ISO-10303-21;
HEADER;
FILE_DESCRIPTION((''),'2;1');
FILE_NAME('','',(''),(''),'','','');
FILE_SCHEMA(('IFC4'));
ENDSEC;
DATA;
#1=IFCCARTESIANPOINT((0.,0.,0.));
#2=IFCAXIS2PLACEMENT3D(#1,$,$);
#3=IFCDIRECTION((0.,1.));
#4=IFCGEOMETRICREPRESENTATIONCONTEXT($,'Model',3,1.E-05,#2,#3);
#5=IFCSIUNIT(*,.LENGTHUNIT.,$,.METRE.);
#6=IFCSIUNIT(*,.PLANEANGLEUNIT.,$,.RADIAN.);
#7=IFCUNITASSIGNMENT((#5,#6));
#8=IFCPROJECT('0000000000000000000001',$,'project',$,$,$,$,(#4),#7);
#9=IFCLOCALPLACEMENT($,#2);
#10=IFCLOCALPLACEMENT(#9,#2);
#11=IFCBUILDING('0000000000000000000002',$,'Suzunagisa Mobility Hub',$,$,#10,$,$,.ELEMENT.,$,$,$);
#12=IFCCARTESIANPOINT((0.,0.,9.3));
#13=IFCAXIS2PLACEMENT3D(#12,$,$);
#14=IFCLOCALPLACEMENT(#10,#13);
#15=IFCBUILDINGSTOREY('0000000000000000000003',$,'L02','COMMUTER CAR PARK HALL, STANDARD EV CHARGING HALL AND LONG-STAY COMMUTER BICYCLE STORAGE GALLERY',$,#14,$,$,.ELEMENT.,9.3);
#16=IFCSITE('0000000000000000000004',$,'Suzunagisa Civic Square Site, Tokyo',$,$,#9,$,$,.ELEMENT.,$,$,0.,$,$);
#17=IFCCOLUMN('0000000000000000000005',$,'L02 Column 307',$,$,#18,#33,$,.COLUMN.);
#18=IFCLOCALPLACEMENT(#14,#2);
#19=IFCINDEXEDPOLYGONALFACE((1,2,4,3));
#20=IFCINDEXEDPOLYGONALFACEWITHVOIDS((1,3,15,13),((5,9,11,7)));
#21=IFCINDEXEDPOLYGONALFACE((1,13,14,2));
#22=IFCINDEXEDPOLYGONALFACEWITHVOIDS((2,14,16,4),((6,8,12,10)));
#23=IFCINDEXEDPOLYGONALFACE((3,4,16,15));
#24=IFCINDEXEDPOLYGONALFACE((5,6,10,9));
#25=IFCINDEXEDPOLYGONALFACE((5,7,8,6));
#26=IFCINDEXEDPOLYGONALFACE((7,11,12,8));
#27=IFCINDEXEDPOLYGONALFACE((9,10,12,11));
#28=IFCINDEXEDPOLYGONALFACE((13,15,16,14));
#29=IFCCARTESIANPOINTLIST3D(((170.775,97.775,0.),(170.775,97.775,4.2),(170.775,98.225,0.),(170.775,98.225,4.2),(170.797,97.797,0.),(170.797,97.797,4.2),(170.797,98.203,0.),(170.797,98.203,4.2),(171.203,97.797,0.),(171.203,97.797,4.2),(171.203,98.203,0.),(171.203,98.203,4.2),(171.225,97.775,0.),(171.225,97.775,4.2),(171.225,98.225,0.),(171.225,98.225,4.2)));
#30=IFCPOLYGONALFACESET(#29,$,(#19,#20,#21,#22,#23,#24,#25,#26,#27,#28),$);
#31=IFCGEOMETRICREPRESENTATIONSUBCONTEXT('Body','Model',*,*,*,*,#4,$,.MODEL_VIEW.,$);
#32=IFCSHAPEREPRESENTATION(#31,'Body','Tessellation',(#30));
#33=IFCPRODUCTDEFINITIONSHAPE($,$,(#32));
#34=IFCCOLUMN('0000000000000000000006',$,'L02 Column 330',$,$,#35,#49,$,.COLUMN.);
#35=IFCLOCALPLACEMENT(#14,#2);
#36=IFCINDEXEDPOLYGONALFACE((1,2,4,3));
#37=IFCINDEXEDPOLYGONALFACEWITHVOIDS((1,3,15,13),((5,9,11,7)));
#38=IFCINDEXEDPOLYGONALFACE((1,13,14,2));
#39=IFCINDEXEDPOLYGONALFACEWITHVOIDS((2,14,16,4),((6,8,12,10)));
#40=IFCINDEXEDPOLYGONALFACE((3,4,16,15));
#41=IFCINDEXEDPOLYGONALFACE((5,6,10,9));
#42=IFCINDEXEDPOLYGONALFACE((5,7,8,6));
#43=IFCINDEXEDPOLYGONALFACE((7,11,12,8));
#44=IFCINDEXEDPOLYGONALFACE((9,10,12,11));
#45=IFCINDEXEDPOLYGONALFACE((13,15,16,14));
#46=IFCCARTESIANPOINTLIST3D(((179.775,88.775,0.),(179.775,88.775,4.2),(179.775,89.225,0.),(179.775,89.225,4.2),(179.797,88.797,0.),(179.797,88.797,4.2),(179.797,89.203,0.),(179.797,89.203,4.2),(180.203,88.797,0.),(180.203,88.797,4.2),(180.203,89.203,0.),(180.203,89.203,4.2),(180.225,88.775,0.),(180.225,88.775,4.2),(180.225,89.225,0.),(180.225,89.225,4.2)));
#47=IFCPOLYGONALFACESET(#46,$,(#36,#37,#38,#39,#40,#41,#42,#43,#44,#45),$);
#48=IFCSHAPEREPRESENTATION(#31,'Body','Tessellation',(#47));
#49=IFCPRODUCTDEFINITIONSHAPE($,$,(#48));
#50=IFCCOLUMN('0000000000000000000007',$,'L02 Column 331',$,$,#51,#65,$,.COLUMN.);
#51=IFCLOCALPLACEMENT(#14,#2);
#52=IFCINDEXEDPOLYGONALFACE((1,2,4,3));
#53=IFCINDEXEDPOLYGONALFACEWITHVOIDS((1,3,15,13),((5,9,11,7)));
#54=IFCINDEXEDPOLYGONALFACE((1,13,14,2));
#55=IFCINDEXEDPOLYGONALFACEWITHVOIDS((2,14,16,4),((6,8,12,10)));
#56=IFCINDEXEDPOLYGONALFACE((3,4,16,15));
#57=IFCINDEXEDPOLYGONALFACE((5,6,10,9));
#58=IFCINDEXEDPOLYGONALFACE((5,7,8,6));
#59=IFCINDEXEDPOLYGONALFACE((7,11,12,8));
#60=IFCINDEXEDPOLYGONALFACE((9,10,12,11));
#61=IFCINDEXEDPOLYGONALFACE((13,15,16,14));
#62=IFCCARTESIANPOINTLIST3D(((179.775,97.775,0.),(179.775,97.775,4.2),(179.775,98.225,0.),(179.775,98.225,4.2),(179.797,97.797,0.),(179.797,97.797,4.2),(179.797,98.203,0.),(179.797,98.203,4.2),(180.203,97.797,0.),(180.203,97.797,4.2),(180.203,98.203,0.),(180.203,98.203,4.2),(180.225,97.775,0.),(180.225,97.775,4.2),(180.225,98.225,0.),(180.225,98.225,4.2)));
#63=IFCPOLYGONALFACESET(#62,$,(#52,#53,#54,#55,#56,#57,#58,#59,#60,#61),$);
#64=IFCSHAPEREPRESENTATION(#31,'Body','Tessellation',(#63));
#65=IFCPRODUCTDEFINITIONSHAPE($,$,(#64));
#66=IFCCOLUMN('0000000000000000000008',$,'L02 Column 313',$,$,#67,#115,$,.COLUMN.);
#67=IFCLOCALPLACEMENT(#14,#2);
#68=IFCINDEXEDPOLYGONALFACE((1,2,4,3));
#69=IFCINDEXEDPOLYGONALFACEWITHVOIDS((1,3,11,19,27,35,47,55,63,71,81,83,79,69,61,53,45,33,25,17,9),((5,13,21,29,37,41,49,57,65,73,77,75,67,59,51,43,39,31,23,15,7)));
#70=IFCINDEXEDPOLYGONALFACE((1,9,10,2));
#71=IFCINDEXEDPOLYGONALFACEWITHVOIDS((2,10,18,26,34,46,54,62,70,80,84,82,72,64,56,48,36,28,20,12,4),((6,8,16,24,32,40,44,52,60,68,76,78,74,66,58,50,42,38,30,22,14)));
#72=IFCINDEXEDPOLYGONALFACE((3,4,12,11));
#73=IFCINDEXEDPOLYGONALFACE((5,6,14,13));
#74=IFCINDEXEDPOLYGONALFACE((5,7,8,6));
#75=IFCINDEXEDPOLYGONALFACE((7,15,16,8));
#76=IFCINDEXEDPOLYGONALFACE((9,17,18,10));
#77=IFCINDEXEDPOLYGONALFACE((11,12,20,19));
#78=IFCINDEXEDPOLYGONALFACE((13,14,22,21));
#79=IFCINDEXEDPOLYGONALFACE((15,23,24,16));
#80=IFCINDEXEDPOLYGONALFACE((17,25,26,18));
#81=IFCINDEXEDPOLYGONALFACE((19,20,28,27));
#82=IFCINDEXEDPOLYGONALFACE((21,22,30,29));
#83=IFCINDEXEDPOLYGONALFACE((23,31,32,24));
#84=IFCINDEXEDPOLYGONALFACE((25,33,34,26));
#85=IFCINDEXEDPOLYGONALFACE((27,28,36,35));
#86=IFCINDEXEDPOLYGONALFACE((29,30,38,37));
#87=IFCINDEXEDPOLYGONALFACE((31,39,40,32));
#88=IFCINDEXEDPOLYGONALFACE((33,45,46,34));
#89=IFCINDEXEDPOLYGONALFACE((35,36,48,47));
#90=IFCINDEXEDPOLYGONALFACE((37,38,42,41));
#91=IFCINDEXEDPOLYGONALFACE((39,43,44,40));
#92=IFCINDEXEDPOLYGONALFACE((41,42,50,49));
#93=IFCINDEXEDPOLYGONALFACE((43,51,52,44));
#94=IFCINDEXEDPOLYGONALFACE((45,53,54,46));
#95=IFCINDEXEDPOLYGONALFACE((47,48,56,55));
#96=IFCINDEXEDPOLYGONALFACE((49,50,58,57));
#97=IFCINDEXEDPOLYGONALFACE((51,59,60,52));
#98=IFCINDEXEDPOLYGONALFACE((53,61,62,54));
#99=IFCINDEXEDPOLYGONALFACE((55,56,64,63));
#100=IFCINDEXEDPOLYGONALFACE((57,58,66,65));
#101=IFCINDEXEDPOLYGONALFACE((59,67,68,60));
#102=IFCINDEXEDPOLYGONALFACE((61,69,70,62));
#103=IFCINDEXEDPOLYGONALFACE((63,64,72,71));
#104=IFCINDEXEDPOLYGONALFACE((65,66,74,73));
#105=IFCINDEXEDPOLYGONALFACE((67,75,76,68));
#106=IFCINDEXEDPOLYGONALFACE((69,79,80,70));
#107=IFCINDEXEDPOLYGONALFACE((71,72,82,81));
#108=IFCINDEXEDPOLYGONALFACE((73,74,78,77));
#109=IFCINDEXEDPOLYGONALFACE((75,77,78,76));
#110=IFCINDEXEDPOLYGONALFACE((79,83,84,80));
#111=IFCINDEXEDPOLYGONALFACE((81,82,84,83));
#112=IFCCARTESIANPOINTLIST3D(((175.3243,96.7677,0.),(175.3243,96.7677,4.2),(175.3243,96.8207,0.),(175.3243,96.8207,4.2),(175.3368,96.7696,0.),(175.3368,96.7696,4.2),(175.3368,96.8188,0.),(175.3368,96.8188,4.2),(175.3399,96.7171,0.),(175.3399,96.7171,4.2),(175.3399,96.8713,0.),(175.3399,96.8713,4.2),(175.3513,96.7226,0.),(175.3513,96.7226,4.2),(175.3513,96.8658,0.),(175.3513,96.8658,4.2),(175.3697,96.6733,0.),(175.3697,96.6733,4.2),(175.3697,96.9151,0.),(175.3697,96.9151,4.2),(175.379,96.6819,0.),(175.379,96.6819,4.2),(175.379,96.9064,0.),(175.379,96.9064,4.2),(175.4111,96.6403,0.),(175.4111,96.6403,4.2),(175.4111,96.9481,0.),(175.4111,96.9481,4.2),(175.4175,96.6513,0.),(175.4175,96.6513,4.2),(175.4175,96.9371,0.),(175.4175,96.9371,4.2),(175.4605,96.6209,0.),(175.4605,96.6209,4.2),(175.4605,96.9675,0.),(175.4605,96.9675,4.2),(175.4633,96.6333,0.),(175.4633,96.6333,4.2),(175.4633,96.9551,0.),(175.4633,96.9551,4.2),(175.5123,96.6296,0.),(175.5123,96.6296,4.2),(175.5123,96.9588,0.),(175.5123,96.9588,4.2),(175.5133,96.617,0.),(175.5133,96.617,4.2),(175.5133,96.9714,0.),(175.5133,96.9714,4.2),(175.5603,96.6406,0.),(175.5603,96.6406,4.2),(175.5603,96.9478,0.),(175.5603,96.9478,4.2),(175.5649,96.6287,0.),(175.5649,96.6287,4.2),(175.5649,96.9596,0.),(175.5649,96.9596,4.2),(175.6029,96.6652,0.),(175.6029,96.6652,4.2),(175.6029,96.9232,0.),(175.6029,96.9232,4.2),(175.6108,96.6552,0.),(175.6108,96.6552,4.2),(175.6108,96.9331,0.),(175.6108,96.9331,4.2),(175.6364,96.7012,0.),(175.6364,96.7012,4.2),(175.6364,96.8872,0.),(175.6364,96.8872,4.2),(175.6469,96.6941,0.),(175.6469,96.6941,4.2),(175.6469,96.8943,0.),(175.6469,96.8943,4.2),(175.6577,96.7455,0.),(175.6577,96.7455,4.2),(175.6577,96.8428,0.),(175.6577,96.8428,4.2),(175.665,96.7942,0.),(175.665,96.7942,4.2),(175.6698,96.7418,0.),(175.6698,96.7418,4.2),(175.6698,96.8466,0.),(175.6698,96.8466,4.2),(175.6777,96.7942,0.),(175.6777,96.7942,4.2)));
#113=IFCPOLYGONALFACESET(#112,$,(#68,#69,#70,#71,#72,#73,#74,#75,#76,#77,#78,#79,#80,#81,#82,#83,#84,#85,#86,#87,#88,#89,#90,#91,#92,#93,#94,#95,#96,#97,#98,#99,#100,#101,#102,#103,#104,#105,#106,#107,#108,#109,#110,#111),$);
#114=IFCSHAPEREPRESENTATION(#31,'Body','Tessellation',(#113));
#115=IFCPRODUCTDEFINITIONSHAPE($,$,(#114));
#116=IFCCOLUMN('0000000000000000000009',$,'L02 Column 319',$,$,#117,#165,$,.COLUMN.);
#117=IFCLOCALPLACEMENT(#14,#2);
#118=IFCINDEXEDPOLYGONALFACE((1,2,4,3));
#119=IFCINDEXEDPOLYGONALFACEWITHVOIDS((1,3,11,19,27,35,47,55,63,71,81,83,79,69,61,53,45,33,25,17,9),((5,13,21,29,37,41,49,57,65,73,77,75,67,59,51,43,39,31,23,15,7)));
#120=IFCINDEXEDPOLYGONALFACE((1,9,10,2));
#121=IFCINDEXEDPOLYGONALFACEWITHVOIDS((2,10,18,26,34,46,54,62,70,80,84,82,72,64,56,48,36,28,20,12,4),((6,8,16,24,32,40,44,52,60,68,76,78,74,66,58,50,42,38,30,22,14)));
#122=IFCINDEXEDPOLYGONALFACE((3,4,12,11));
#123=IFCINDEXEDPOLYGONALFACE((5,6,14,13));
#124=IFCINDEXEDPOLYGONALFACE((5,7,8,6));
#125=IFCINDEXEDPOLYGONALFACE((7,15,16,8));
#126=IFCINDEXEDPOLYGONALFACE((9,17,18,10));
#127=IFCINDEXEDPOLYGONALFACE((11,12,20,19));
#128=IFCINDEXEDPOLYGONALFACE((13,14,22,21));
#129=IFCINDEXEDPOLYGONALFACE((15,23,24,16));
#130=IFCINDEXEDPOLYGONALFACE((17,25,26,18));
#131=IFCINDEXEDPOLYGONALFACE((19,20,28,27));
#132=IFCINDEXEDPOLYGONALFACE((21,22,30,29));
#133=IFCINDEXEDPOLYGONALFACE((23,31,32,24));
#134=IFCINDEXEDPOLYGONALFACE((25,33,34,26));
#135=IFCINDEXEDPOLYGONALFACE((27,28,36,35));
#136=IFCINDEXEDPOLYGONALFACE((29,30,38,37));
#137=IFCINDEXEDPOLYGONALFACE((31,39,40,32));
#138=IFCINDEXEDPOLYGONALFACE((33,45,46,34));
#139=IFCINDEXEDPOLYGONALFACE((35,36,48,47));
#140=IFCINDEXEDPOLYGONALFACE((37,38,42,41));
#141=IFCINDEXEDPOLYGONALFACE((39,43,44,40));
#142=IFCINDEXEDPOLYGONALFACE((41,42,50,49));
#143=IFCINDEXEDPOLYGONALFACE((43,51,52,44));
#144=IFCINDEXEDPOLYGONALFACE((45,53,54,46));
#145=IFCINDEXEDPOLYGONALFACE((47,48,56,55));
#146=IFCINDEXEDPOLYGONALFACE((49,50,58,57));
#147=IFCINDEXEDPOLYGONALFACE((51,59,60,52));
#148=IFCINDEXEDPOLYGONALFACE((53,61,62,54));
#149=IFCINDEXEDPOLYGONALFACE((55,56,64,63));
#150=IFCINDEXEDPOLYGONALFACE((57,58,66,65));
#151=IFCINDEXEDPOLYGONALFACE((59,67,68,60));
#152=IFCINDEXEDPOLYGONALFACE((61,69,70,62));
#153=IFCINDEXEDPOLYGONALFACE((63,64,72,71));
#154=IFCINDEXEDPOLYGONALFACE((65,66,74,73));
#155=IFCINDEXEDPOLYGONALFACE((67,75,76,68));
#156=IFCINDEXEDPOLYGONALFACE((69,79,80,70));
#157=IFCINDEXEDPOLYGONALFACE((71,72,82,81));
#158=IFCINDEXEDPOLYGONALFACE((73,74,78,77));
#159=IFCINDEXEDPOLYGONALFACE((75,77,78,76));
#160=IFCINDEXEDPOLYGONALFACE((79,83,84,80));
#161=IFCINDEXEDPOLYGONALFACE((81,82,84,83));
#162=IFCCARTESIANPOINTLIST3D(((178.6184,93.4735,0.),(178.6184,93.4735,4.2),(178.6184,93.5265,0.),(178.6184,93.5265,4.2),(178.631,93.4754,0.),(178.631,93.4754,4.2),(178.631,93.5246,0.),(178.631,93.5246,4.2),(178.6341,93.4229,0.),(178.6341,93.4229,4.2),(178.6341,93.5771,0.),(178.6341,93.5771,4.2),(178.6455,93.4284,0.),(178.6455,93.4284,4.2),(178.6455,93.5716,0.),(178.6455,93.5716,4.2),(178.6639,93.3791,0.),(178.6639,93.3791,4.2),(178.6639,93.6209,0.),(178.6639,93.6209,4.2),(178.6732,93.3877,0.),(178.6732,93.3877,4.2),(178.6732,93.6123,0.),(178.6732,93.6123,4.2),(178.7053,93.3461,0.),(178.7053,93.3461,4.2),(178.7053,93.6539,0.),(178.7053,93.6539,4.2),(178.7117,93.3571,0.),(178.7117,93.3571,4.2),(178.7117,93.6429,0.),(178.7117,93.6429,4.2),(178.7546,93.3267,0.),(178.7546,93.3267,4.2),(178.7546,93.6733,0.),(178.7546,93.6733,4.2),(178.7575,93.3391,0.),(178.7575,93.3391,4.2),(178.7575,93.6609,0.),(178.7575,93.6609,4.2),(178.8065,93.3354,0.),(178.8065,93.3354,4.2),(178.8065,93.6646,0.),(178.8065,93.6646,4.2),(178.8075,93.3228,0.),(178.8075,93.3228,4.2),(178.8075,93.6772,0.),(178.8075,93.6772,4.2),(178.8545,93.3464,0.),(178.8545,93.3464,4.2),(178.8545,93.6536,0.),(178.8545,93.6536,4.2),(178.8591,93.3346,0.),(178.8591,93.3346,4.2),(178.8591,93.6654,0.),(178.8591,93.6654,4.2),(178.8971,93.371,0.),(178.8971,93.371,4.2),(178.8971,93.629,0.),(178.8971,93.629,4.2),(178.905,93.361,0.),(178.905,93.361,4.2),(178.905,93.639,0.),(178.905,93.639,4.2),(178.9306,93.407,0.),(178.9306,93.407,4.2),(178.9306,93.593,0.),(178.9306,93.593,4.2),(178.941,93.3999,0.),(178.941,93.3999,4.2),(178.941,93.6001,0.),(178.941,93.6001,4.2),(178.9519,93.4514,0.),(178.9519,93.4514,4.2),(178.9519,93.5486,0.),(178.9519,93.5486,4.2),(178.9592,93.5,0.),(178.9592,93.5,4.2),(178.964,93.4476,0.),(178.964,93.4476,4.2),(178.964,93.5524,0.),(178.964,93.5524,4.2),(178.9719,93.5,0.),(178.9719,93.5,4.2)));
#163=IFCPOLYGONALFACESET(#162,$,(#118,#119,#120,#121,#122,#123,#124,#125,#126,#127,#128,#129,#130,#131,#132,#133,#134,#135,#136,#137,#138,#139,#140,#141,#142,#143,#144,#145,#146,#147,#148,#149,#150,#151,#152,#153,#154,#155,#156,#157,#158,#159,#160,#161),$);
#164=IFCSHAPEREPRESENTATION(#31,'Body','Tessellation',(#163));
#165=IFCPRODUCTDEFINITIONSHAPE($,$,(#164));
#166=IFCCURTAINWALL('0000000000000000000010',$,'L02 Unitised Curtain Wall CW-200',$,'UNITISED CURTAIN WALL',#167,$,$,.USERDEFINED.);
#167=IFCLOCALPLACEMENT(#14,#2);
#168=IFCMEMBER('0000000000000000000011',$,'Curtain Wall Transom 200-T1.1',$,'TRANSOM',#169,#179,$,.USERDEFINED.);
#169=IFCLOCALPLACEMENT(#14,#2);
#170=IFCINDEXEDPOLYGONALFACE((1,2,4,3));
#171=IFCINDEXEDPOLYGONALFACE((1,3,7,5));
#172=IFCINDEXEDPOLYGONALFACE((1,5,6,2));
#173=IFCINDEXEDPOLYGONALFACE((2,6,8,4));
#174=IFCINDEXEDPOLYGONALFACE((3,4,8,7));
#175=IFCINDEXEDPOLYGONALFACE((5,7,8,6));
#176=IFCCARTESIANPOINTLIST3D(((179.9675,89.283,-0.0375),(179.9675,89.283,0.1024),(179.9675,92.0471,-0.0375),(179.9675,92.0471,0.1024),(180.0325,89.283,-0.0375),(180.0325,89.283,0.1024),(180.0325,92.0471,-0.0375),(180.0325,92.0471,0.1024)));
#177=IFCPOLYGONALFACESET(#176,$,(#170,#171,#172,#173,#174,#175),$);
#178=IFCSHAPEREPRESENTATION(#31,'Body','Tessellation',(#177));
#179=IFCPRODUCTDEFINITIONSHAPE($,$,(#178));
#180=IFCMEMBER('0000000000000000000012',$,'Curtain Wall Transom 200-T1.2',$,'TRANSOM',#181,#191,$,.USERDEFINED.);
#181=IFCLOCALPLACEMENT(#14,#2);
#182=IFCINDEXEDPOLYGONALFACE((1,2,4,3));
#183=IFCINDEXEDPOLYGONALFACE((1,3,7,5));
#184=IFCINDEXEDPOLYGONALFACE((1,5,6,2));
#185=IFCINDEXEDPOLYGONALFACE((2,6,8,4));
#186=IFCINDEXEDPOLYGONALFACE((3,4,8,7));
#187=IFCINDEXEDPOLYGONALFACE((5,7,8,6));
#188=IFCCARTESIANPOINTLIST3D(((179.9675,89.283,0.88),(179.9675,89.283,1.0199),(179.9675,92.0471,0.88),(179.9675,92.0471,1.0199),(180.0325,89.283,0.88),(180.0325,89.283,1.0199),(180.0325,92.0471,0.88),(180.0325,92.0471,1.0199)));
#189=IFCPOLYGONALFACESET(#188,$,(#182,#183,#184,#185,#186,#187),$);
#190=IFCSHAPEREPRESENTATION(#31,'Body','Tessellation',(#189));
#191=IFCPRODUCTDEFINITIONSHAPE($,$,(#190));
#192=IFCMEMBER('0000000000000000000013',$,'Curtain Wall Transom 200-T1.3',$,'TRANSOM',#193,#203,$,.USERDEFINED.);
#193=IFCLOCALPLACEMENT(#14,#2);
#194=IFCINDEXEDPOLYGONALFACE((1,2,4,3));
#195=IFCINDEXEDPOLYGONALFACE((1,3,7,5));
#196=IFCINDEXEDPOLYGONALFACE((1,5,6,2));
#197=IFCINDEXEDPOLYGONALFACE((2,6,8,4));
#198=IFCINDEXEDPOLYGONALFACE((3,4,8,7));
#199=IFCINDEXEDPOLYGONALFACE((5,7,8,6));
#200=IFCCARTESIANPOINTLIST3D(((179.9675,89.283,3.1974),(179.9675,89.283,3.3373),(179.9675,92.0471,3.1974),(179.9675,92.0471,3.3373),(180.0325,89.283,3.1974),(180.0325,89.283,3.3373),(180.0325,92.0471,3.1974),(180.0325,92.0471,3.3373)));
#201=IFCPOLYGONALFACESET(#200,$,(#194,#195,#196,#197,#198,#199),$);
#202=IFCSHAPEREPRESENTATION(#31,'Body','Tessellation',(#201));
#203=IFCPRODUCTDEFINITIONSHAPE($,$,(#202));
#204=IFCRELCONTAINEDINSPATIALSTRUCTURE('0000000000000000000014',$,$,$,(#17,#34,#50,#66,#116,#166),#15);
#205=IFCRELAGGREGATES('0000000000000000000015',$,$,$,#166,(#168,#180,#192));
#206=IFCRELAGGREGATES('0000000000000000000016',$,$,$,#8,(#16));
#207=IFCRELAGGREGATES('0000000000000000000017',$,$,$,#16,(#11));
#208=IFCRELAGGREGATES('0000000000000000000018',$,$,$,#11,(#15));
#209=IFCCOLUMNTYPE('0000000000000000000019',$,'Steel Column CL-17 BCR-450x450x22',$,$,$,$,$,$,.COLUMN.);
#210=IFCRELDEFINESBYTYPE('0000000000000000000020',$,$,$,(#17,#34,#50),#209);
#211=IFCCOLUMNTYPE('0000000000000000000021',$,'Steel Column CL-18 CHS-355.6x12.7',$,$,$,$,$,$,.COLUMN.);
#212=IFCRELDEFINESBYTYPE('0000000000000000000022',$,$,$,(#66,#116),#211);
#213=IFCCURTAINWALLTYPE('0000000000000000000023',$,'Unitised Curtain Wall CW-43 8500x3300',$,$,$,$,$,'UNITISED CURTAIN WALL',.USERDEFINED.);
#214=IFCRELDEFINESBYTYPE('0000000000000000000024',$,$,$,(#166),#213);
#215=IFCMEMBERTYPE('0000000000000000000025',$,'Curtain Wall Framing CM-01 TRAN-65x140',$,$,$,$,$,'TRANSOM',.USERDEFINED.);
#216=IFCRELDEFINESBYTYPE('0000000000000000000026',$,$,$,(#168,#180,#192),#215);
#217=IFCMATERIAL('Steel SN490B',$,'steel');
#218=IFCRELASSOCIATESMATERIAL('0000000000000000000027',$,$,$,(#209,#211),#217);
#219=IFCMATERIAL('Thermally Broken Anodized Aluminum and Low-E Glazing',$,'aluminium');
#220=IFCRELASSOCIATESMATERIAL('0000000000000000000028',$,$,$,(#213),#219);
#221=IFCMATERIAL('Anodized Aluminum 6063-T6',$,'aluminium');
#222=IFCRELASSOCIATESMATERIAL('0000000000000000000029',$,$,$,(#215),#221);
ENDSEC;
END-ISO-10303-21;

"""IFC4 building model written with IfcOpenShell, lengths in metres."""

from ifc_helpers import new_model, si_unit, direction, frame, origin, origin_2d, place, context, subcontext, project, spatial, rectangle, hollow_rectangle, hollow_circle, extrude, material, material_profile, profile_set, type_object, element, aggregate, save


model = new_model("IFC4")

# Units and contexts
model_context = context("Model", 3, precision=1e-05, world=origin(), true_north=direction((0.0, 1.0)))
body_context = subcontext(model_context, "Body", "Model", "MODEL_VIEW")
ifc_project = project(units=[si_unit("LENGTHUNIT", "METRE"), si_unit("PLANEANGLEUNIT", "RADIAN")], contexts=[model_context])

# Site, building, storey
site_placement = place(None, origin())
site = spatial("IfcSite", under=ifc_project, at=site_placement, Name="Suzunagisa Civic Square Site, Tokyo", CompositionType="ELEMENT", RefElevation=0.0)
building_placement = place(site_placement, origin())
building = spatial("IfcBuilding", under=site, at=building_placement, Name="Suzunagisa Mobility Hub", CompositionType="ELEMENT")
storey_placement = place(building_placement, frame((0.0, 0.0, 9.3)))
storey = spatial("IfcBuildingStorey", under=building, at=storey_placement, Name="L02", Description="COMMUTER CAR PARK HALL, STANDARD EV CHARGING HALL AND LONG-STAY COMMUTER BICYCLE STORAGE GALLERY", CompositionType="ELEMENT", Elevation=9.3)

# Columns
ifc_material_1 = material(Name="Steel SN490B", Category="steel")
ifc_material_profile_1 = material_profile(ifc_material_1, hollow_rectangle(XDim=0.45, YDim=0.45, WallThickness=0.022, at=origin_2d()), Name="BCR-450x450x22")
ifc_profile_set_1 = profile_set([ifc_material_profile_1], Name="Steel SN490B")
column_type_1 = type_object("IfcColumnType", Name="Steel Column CL-17 BCR-450x450x22", PredefinedType="COLUMN", material=ifc_profile_set_1)
for number, where, z_axis, x_axis, name in (
    (1, (171.0, 98.0, 0.0), (0.0, 0.0, 1.0), (1.0, 0.0, 0.0), "L02 Column 307"),
    (2, (180.0, 89.0, 0.0), (0.0, 0.0, 1.0), (1.0, 0.0, 0.0), "L02 Column 330"),
    (3, (180.0, 98.0, 0.0), (0.0, 0.0, 1.0), (1.0, 0.0, 0.0), "L02 Column 331"),
):
    element("IfcColumn", number, at=place(storey_placement, frame(where, z_axis=z_axis, x_axis=x_axis)), inside=storey, type_object=column_type_1, Name=name, PredefinedType="COLUMN", context=body_context, shape_type="SweptSolid", body=[
        extrude(hollow_rectangle(XDim=0.45, YDim=0.45, WallThickness=0.022, at=origin_2d()), origin(), (0.0, 0.0, 1.0), 4.2),
    ])
ifc_material_profile_2 = material_profile(ifc_material_1, hollow_circle(Radius=0.1777, WallThickness=0.0127, at=origin_2d()), Name="CHS-355.6x12.7")
ifc_profile_set_2 = profile_set([ifc_material_profile_2], Name="Steel SN490B")
column_type_2 = type_object("IfcColumnType", Name="Steel Column CL-18 CHS-355.6x12.7", PredefinedType="COLUMN", material=ifc_profile_set_2)
for number, where, z_axis, x_axis, name in (
    (4, (175.5, 96.7942, 0.0), (0.0, 0.0, 1.0), (1.0, 0.0, 0.0), "L02 Column 313"),
    (5, (178.7942, 93.5, 0.0), (0.0, 0.0, 1.0), (1.0, 0.0, 0.0), "L02 Column 319"),
):
    element("IfcColumn", number, at=place(storey_placement, frame(where, z_axis=z_axis, x_axis=x_axis)), inside=storey, type_object=column_type_2, Name=name, PredefinedType="COLUMN", context=body_context, shape_type="SweptSolid", body=[
        extrude(hollow_circle(Radius=0.1777, WallThickness=0.0127, at=origin_2d()), origin(), (0.0, 0.0, 1.0), 4.2),
    ])

# Curtain wall, members
ifc_material_2 = material(Name="Thermally Broken Anodized Aluminum and Low-E Glazing", Category="aluminium")
curtain_wall_type = type_object("IfcCurtainWallType", Name="Unitised Curtain Wall CW-43 8500x3300", ElementType="UNITISED CURTAIN WALL", PredefinedType="USERDEFINED", material=ifc_material_2)
curtain_wall_placement = place(storey_placement, origin())
curtain_wall = element("IfcCurtainWall", 6, at=curtain_wall_placement, inside=storey, type_object=curtain_wall_type, Name="L02 Unitised Curtain Wall CW-200", ObjectType="UNITISED CURTAIN WALL", PredefinedType="USERDEFINED")
ifc_material_3 = material(Name="Anodized Aluminum 6063-T6", Category="aluminium")
ifc_material_profile_3 = material_profile(ifc_material_3, rectangle(XDim=0.0649, YDim=0.1399, at=origin_2d()), Name="TRAN-65x140")
ifc_profile_set_3 = profile_set([ifc_material_profile_3], Name="Anodized Aluminum 6063-T6")
member_type_1 = type_object("IfcMemberType", Name="Curtain Wall Framing CM-01 TRAN-65x140", ElementType="TRANSOM", PredefinedType="USERDEFINED", material=ifc_profile_set_3)
member_1_placement = place(storey_placement, frame((180.0, 89.283, 0.0325), z_axis=(0.0, 1.0, 0.0), x_axis=(-1.0, 0.0, 0.0)))
member_1 = element("IfcMember", 7, at=member_1_placement, type_object=member_type_1, Name="Curtain Wall Transom 200-T1.1", ObjectType="TRANSOM", PredefinedType="USERDEFINED", context=body_context, shape_type="SweptSolid", body=[
    extrude(rectangle(XDim=0.0649, YDim=0.1399, at=origin_2d()), origin(), (0.0, 0.0, 1.0), 2.7642),
])
member_2_placement = place(storey_placement, frame((180.0, 89.283, 0.95), z_axis=(0.0, 1.0, 0.0), x_axis=(-1.0, 0.0, 0.0)))
member_2 = element("IfcMember", 8, at=member_2_placement, type_object=member_type_1, Name="Curtain Wall Transom 200-T1.2", ObjectType="TRANSOM", PredefinedType="USERDEFINED", context=body_context, shape_type="SweptSolid", body=[
    extrude(rectangle(XDim=0.0649, YDim=0.1399, at=origin_2d()), origin(), (0.0, 0.0, 1.0), 2.7642),
])
member_3_placement = place(storey_placement, frame((180.0, 89.283, 3.2673), z_axis=(0.0, 1.0, 0.0), x_axis=(-1.0, 0.0, 0.0)))
member_3 = element("IfcMember", 9, at=member_3_placement, type_object=member_type_1, Name="Curtain Wall Transom 200-T1.3", ObjectType="TRANSOM", PredefinedType="USERDEFINED", context=body_context, shape_type="SweptSolid", body=[
    extrude(rectangle(XDim=0.0649, YDim=0.1399, at=origin_2d()), origin(), (0.0, 0.0, 1.0), 2.7642),
])

aggregate(curtain_wall, [member_1, member_2, member_3])

save(model, "model.ifc")
